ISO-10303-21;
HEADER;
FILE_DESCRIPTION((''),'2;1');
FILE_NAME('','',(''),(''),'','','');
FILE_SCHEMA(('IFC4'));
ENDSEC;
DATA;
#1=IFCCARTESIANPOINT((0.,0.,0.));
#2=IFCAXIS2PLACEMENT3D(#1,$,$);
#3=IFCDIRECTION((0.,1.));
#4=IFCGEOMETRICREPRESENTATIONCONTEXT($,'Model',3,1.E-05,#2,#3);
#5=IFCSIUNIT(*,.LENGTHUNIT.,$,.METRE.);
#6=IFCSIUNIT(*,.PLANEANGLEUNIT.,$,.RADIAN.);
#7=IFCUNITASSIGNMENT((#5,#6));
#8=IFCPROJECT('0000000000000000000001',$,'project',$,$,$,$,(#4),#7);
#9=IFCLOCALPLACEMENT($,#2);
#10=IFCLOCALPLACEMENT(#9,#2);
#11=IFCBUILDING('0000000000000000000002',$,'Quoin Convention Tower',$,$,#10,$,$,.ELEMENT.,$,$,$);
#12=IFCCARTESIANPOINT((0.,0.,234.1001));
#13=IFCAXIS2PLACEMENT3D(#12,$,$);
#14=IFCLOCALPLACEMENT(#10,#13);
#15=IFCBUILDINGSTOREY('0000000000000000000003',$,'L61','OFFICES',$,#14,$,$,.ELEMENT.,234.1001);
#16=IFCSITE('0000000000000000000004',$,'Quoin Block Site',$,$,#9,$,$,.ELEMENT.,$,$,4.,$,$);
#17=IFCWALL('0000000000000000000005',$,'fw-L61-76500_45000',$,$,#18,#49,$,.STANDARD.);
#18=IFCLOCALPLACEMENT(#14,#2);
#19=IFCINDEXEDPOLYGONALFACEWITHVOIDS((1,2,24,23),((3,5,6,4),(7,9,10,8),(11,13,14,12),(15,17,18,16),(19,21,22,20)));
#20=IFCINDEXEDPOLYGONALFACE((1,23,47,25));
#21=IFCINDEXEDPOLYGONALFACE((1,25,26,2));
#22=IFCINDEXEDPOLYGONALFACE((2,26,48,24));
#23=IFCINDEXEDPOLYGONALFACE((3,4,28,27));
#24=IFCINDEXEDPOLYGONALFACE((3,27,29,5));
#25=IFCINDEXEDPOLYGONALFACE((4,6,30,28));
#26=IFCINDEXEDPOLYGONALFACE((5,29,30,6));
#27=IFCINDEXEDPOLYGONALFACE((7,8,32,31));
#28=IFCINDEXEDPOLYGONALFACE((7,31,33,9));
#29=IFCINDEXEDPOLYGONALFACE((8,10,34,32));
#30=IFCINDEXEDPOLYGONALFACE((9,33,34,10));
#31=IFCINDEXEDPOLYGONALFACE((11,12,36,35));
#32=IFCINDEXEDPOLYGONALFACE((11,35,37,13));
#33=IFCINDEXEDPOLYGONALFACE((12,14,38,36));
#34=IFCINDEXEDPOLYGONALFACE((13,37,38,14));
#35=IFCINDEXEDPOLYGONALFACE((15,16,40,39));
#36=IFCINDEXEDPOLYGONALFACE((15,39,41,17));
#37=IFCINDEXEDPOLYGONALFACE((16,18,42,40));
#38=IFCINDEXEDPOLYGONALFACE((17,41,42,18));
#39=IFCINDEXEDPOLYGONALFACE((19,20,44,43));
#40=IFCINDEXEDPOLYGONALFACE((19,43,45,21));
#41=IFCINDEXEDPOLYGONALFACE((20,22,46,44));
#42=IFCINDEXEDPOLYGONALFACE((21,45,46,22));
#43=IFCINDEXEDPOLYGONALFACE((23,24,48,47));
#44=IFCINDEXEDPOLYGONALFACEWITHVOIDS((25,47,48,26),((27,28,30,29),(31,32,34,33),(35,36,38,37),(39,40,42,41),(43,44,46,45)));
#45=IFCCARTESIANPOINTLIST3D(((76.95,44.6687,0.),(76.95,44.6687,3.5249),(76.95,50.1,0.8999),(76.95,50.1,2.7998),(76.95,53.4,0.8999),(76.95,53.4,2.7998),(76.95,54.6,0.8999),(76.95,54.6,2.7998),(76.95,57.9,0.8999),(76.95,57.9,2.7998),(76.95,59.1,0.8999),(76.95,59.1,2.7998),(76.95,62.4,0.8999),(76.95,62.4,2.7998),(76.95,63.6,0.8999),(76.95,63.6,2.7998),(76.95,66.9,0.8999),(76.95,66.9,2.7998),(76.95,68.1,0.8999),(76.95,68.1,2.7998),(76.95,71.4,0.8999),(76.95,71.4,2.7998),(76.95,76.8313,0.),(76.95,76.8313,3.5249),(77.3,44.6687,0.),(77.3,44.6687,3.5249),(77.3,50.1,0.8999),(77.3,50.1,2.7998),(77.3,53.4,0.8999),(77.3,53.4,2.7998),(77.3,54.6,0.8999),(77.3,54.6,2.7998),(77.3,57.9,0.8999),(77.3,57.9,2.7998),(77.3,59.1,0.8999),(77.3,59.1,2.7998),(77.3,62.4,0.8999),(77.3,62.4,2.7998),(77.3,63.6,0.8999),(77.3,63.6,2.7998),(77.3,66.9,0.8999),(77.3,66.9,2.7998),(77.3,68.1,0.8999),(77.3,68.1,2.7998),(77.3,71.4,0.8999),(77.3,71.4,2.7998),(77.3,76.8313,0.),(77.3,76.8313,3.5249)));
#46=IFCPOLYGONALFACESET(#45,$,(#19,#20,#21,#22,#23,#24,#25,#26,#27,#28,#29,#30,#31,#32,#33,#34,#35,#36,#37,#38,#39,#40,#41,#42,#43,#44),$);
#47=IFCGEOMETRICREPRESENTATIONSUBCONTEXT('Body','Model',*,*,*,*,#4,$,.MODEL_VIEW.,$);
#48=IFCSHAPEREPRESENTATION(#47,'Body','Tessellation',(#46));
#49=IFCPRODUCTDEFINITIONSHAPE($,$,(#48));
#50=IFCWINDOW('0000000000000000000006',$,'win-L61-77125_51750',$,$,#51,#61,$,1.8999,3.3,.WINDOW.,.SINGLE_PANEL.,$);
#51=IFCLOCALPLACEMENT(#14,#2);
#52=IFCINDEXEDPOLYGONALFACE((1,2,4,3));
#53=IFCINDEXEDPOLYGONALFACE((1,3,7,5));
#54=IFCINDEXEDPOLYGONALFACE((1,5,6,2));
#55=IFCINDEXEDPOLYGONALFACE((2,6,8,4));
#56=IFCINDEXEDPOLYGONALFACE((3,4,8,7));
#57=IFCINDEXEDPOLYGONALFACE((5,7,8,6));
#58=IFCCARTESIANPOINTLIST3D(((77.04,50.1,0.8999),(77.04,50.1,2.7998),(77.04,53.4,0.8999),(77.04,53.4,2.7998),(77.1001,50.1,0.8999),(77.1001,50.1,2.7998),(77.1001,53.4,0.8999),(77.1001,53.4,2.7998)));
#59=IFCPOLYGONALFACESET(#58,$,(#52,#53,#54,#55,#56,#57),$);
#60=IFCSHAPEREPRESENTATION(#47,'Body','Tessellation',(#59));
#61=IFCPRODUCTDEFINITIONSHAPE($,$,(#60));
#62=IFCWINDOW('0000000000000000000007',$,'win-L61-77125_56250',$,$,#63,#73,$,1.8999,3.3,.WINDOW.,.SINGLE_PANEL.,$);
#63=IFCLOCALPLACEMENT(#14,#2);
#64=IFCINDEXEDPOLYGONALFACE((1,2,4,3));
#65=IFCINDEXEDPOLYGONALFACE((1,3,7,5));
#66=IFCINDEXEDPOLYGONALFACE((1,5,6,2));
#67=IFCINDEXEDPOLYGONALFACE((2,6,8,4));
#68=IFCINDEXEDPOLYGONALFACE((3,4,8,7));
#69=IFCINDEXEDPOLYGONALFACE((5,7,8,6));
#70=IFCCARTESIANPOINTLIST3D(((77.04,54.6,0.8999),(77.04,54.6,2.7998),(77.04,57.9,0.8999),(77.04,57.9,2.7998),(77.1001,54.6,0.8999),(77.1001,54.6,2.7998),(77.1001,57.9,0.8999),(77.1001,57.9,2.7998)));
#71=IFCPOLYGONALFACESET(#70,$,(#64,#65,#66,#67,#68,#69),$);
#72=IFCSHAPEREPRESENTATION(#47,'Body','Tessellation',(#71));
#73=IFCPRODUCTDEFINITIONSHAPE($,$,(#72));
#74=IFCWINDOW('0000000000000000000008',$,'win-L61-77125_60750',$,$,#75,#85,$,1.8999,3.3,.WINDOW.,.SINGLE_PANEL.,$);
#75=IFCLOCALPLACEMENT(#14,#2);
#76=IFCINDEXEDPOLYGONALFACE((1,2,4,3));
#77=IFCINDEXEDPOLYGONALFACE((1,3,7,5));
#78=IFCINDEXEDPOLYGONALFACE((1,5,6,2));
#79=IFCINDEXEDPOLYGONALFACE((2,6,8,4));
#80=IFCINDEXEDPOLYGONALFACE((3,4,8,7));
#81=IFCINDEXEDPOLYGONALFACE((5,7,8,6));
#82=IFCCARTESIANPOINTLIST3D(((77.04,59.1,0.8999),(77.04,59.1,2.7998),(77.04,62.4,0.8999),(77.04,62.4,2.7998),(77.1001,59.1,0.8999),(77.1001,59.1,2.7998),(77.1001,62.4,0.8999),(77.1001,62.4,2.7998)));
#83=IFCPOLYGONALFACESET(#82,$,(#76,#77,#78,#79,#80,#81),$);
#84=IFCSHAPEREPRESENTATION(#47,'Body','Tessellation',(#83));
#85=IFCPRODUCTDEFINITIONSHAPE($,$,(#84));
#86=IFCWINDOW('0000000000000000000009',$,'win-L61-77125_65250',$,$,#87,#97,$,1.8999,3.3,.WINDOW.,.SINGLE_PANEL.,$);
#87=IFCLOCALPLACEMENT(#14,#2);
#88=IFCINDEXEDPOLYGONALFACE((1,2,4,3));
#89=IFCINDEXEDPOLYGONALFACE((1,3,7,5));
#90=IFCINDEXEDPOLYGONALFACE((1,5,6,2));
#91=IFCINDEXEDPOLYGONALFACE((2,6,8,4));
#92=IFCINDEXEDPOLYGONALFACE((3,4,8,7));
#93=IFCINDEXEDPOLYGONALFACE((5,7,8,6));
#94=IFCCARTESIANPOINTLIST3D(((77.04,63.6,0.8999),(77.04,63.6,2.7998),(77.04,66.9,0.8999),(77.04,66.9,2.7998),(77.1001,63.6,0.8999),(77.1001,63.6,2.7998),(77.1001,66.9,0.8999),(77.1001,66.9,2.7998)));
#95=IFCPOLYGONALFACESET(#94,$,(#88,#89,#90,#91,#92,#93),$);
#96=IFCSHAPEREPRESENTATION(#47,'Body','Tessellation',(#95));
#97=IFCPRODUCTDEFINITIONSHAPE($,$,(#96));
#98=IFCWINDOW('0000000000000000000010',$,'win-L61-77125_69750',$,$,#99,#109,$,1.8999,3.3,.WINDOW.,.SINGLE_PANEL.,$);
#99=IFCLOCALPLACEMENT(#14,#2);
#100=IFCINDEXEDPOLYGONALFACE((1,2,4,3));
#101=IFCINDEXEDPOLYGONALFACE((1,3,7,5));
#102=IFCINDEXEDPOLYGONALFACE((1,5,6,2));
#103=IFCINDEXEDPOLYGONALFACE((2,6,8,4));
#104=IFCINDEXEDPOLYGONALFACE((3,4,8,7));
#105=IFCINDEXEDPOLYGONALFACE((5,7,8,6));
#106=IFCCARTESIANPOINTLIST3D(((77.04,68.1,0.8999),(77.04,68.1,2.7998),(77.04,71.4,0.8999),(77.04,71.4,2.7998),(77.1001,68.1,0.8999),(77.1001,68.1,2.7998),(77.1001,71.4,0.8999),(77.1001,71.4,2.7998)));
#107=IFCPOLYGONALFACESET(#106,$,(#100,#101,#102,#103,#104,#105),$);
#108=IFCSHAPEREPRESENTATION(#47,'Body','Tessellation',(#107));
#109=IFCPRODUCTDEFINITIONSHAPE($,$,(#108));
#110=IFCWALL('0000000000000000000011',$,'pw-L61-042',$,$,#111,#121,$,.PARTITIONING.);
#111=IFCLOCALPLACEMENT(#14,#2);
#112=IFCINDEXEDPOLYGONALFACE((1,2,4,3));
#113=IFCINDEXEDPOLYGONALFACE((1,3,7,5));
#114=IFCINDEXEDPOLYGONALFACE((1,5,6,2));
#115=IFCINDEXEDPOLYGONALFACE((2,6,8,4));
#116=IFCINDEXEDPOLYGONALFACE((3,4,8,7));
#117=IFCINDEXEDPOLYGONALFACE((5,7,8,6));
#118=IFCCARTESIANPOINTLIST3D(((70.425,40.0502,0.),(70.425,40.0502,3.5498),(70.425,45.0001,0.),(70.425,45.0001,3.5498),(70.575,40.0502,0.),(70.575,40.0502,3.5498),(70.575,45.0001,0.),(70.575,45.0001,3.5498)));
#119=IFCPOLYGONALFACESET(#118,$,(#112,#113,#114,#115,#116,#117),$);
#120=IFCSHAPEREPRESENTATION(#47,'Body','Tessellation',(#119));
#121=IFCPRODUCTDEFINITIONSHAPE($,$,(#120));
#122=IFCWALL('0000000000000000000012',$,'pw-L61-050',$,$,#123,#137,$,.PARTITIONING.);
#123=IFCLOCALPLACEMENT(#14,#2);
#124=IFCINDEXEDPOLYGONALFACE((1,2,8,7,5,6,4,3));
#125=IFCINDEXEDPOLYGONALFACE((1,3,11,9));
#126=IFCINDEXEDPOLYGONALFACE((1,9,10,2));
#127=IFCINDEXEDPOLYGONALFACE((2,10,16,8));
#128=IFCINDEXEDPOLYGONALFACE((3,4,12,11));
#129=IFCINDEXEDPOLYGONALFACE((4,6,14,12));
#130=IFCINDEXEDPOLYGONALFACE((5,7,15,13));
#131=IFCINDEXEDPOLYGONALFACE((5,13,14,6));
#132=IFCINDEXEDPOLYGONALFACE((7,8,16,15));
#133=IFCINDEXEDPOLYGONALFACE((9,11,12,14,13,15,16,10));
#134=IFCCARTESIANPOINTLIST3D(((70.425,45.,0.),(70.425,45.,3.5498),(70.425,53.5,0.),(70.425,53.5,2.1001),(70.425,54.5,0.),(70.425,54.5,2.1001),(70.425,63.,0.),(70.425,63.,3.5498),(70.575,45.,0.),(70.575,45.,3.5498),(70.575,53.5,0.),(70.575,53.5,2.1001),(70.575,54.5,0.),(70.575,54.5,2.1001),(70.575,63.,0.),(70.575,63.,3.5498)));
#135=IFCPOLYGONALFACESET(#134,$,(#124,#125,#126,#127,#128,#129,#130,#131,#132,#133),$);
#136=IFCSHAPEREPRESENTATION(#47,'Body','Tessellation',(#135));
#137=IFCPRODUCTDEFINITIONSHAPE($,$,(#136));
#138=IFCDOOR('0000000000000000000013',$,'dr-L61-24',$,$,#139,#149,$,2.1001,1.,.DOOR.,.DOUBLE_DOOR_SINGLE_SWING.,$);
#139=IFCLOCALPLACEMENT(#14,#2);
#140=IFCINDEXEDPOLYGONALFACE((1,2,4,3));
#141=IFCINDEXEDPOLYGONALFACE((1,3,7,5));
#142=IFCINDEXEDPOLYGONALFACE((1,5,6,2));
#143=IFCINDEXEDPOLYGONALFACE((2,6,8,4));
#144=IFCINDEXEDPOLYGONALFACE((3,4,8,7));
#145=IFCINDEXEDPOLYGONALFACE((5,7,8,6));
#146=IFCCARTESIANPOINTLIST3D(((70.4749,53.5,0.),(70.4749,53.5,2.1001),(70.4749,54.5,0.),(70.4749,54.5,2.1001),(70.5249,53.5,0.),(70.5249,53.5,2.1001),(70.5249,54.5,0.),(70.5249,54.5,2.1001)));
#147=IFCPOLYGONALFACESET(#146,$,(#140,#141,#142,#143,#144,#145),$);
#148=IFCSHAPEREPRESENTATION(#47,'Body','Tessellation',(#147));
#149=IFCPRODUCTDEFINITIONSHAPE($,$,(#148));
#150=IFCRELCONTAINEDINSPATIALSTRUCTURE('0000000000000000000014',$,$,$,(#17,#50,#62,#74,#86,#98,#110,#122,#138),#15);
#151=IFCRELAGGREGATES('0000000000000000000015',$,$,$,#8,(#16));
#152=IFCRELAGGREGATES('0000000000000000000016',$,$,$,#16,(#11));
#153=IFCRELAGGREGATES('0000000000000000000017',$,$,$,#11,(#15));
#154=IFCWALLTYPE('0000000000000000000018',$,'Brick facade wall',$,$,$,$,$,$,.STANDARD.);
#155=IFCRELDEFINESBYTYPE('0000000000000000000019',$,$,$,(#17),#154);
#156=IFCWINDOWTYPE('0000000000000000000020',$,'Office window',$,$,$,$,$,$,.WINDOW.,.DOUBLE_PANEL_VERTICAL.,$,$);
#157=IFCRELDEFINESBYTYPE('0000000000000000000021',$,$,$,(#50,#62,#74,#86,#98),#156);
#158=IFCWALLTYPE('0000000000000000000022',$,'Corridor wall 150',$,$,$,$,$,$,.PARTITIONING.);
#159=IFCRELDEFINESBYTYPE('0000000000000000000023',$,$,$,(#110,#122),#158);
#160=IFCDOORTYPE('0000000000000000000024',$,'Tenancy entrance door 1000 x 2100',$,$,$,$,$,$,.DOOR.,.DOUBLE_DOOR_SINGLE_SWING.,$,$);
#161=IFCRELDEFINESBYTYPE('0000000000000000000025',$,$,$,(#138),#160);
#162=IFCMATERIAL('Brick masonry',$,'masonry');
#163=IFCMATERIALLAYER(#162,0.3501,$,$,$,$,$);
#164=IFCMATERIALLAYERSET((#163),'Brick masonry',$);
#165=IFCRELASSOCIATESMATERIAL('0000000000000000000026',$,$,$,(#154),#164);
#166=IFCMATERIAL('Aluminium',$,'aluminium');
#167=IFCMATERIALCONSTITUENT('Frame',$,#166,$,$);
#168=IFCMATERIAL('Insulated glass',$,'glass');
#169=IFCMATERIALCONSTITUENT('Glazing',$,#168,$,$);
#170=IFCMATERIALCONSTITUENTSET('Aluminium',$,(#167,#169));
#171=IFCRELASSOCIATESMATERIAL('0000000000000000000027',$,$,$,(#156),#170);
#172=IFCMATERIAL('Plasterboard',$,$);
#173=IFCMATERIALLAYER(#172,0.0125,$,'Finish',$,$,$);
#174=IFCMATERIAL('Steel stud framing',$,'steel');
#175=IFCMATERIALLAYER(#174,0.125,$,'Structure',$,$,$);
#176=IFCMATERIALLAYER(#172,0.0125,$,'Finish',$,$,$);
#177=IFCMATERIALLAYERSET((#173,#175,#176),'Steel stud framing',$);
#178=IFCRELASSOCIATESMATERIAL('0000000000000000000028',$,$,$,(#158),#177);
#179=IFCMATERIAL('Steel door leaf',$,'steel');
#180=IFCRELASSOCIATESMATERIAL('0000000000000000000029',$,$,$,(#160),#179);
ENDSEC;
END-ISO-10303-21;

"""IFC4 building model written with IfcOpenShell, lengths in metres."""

from ifc_helpers import new_model, si_unit, direction, frame, frame_2d, origin, place, context, subcontext, project, spatial, rectangle, extrude, material, layer, layer_set, constituent, constituent_set, type_object, element, fill, save


model = new_model("IFC4")

# Units and contexts
model_context = context("Model", 3, precision=1e-05, world=origin(), true_north=direction((0.0, 1.0)))
body_context = subcontext(model_context, "Body", "Model", "MODEL_VIEW")
ifc_project = project(units=[si_unit("LENGTHUNIT", "METRE"), si_unit("PLANEANGLEUNIT", "RADIAN")], contexts=[model_context])

# Site, building, storey
site_placement = place(None, origin())
site = spatial("IfcSite", under=ifc_project, at=site_placement, Name="Quoin Block Site", CompositionType="ELEMENT", RefElevation=4.0)
building_placement = place(site_placement, origin())
building = spatial("IfcBuilding", under=site, at=building_placement, Name="Quoin Convention Tower", CompositionType="ELEMENT")
storey_placement = place(building_placement, frame((0.0, 0.0, 234.1001)))
storey = spatial("IfcBuildingStorey", under=building, at=storey_placement, Name="L61", Description="OFFICES", CompositionType="ELEMENT", Elevation=234.1001)

# Shared definitions
ifc_material_1 = material(Name="Brick masonry", Category="masonry")
ifc_layer_1 = layer(ifc_material_1, 0.3501)
ifc_layer_set_1 = layer_set([ifc_layer_1], Name="Brick masonry")
wall_type_1 = type_object("IfcWallType", Name="Brick facade wall", PredefinedType="STANDARD", material=ifc_layer_set_1)
ifc_material_2 = material(Name="Aluminium", Category="aluminium")
ifc_constituent_1 = constituent(ifc_material_2, Name="Frame")
ifc_material_3 = material(Name="Insulated glass", Category="glass")
ifc_constituent_2 = constituent(ifc_material_3, Name="Glazing")
ifc_constituent_set = constituent_set(constituents=[ifc_constituent_1, ifc_constituent_2], Name="Aluminium")
window_type = type_object("IfcWindowType", Name="Office window", PartitioningType="DOUBLE_PANEL_VERTICAL", PredefinedType="WINDOW", material=ifc_constituent_set)

# Wall, openings, windows
wall_1_placement = place(storey_placement, frame((77.125, 44.6687, 0.0), z_axis=(0.0, 0.0, 1.0), x_axis=(0.0, 1.0, 0.0)))
wall_1 = element("IfcWall", 1, at=wall_1_placement, inside=storey, type_object=wall_type_1, Name="fw-L61-76500_45000", PredefinedType="STANDARD", context=body_context, shape_type="SweptSolid", body=[
    extrude(rectangle(XDim=32.1626, YDim=0.3501, at=frame_2d((16.0813, 0.0))), origin(), (0.0, 0.0, 1.0), 3.5249),
])
opening_1_placement = place(wall_1_placement, frame((5.4314, 0.0, 0.8999)))
opening_1 = element("IfcOpeningElement", 2, at=opening_1_placement, cuts=wall_1, PredefinedType="OPENING", context=body_context, shape_type="SweptSolid", body=[
    extrude(rectangle(XDim=3.3, YDim=1.8999, at=frame_2d((1.6499, 0.95))), frame((0.0, 0.1851, 0.0), z_axis=(0.0, -1.0, 0.0), x_axis=(1.0, 0.0, 0.0)), (0.0, 0.0, 1.0), 0.3701),
])
opening_2_placement = place(wall_1_placement, frame((9.9314, 0.0, 0.8999)))
opening_2 = element("IfcOpeningElement", 3, at=opening_2_placement, cuts=wall_1, PredefinedType="OPENING", context=body_context, shape_type="SweptSolid", body=[
    extrude(rectangle(XDim=3.3, YDim=1.8999, at=frame_2d((1.6499, 0.95))), frame((0.0, 0.1851, 0.0), z_axis=(0.0, -1.0, 0.0), x_axis=(1.0, 0.0, 0.0)), (0.0, 0.0, 1.0), 0.3701),
])
opening_3_placement = place(wall_1_placement, frame((14.4314, 0.0, 0.8999)))
opening_3 = element("IfcOpeningElement", 4, at=opening_3_placement, cuts=wall_1, PredefinedType="OPENING", context=body_context, shape_type="SweptSolid", body=[
    extrude(rectangle(XDim=3.3, YDim=1.8999, at=frame_2d((1.6499, 0.95))), frame((0.0, 0.1851, 0.0), z_axis=(0.0, -1.0, 0.0), x_axis=(1.0, 0.0, 0.0)), (0.0, 0.0, 1.0), 0.3701),
])
opening_4_placement = place(wall_1_placement, frame((18.9314, 0.0, 0.8999)))
opening_4 = element("IfcOpeningElement", 5, at=opening_4_placement, cuts=wall_1, PredefinedType="OPENING", context=body_context, shape_type="SweptSolid", body=[
    extrude(rectangle(XDim=3.3, YDim=1.8999, at=frame_2d((1.6499, 0.95))), frame((0.0, 0.1851, 0.0), z_axis=(0.0, -1.0, 0.0), x_axis=(1.0, 0.0, 0.0)), (0.0, 0.0, 1.0), 0.3701),
])
opening_5_placement = place(wall_1_placement, frame((23.4314, 0.0, 0.8999)))
opening_5 = element("IfcOpeningElement", 6, at=opening_5_placement, cuts=wall_1, PredefinedType="OPENING", context=body_context, shape_type="SweptSolid", body=[
    extrude(rectangle(XDim=3.3, YDim=1.8999, at=frame_2d((1.6499, 0.95))), frame((0.0, 0.1851, 0.0), z_axis=(0.0, -1.0, 0.0), x_axis=(1.0, 0.0, 0.0)), (0.0, 0.0, 1.0), 0.3701),
])
window_1_placement = place(opening_1_placement, origin())
window_1 = element("IfcWindow", 7, at=window_1_placement, inside=storey, type_object=window_type, Name="win-L61-77125_51750", OverallHeight=1.8999, OverallWidth=3.3, PartitioningType="SINGLE_PANEL", PredefinedType="WINDOW", context=body_context, shape_type="SweptSolid", body=[
    extrude(rectangle(XDim=3.3, YDim=1.8999, at=frame_2d((1.6499, 0.95))), frame((0.0, 0.085, 0.0), z_axis=(0.0, -1.0, 0.0), x_axis=(1.0, 0.0, 0.0)), (0.0, 0.0, 1.0), 0.0601),
])
fill(opening_1, window_1)
window_2_placement = place(opening_2_placement, origin())
window_2 = element("IfcWindow", 8, at=window_2_placement, inside=storey, type_object=window_type, Name="win-L61-77125_56250", OverallHeight=1.8999, OverallWidth=3.3, PartitioningType="SINGLE_PANEL", PredefinedType="WINDOW", context=body_context, shape_type="SweptSolid", body=[
    extrude(rectangle(XDim=3.3, YDim=1.8999, at=frame_2d((1.6499, 0.95))), frame((0.0, 0.085, 0.0), z_axis=(0.0, -1.0, 0.0), x_axis=(1.0, 0.0, 0.0)), (0.0, 0.0, 1.0), 0.0601),
])
fill(opening_2, window_2)
window_3_placement = place(opening_3_placement, origin())
window_3 = element("IfcWindow", 9, at=window_3_placement, inside=storey, type_object=window_type, Name="win-L61-77125_60750", OverallHeight=1.8999, OverallWidth=3.3, PartitioningType="SINGLE_PANEL", PredefinedType="WINDOW", context=body_context, shape_type="SweptSolid", body=[
    extrude(rectangle(XDim=3.3, YDim=1.8999, at=frame_2d((1.6499, 0.95))), frame((0.0, 0.085, 0.0), z_axis=(0.0, -1.0, 0.0), x_axis=(1.0, 0.0, 0.0)), (0.0, 0.0, 1.0), 0.0601),
])
fill(opening_3, window_3)
window_4_placement = place(opening_4_placement, origin())
window_4 = element("IfcWindow", 10, at=window_4_placement, inside=storey, type_object=window_type, Name="win-L61-77125_65250", OverallHeight=1.8999, OverallWidth=3.3, PartitioningType="SINGLE_PANEL", PredefinedType="WINDOW", context=body_context, shape_type="SweptSolid", body=[
    extrude(rectangle(XDim=3.3, YDim=1.8999, at=frame_2d((1.6499, 0.95))), frame((0.0, 0.085, 0.0), z_axis=(0.0, -1.0, 0.0), x_axis=(1.0, 0.0, 0.0)), (0.0, 0.0, 1.0), 0.0601),
])
fill(opening_4, window_4)
window_5_placement = place(opening_5_placement, origin())
window_5 = element("IfcWindow", 11, at=window_5_placement, inside=storey, type_object=window_type, Name="win-L61-77125_69750", OverallHeight=1.8999, OverallWidth=3.3, PartitioningType="SINGLE_PANEL", PredefinedType="WINDOW", context=body_context, shape_type="SweptSolid", body=[
    extrude(rectangle(XDim=3.3, YDim=1.8999, at=frame_2d((1.6499, 0.95))), frame((0.0, 0.085, 0.0), z_axis=(0.0, -1.0, 0.0), x_axis=(1.0, 0.0, 0.0)), (0.0, 0.0, 1.0), 0.0601),
])
fill(opening_5, window_5)

# Wall
ifc_material_4 = material(Name="Plasterboard")
ifc_layer_2 = layer(ifc_material_4, 0.0125, Name="Finish")
ifc_material_5 = material(Name="Steel stud framing", Category="steel")
ifc_layer_3 = layer(ifc_material_5, 0.125, Name="Structure")
ifc_layer_4 = layer(ifc_material_4, 0.0125, Name="Finish")
ifc_layer_set_2 = layer_set([ifc_layer_2, ifc_layer_3, ifc_layer_4], Name="Steel stud framing")
wall_type_2 = type_object("IfcWallType", Name="Corridor wall 150", PredefinedType="PARTITIONING", material=ifc_layer_set_2)
wall_2_placement = place(storey_placement, frame((70.5, 40.05, 0.0), z_axis=(0.0, 0.0, 1.0), x_axis=(0.0, 1.0, 0.0)))
element("IfcWall", 12, at=wall_2_placement, inside=storey, type_object=wall_type_2, Name="pw-L61-042", PredefinedType="PARTITIONING", context=body_context, shape_type="SweptSolid", body=[
    extrude(rectangle(XDim=4.95, YDim=0.1499, at=frame_2d((2.4751, 0.0))), origin(), (0.0, 0.0, 1.0), 3.5498),
])

# Wall, opening, door
wall_3_placement = place(storey_placement, frame((70.5, 45.0, 0.0), z_axis=(0.0, 0.0, 1.0), x_axis=(0.0, 1.0, 0.0)))
wall_3 = element("IfcWall", 13, at=wall_3_placement, inside=storey, type_object=wall_type_2, Name="pw-L61-050", PredefinedType="PARTITIONING", context=body_context, shape_type="SweptSolid", body=[
    extrude(rectangle(XDim=18.0, YDim=0.1499, at=frame_2d((9.0, 0.0))), origin(), (0.0, 0.0, 1.0), 3.5498),
])
opening_6_placement = place(wall_3_placement, frame((8.5, 0.0, 0.0)))
opening_6 = element("IfcOpeningElement", 14, at=opening_6_placement, cuts=wall_3, PredefinedType="OPENING", context=body_context, shape_type="SweptSolid", body=[
    extrude(rectangle(XDim=1.0, YDim=2.1001, at=frame_2d((0.5, 1.05))), frame((0.0, 0.085, 0.0), z_axis=(0.0, -1.0, 0.0), x_axis=(1.0, 0.0, 0.0)), (0.0, 0.0, 1.0), 0.1699),
])
ifc_material_6 = material(Name="Steel door leaf", Category="steel")
door_type_1 = type_object("IfcDoorType", Name="Tenancy entrance door 1000 x 2100", OperationType="DOUBLE_DOOR_SINGLE_SWING", PredefinedType="DOOR", material=ifc_material_6)
door_1_placement = place(opening_6_placement, frame((1.0, 0.0, 0.0), z_axis=(0.0, 0.0, 1.0), x_axis=(-1.0, 0.0, 0.0)))
door_1 = element("IfcDoor", 15, at=door_1_placement, inside=storey, type_object=door_type_1, Name="dr-L61-24", OperationType="DOUBLE_DOOR_SINGLE_SWING", OverallHeight=2.1001, OverallWidth=1.0, PredefinedType="DOOR", context=body_context, shape_type="SweptSolid", body=[
    extrude(rectangle(XDim=1.0, YDim=2.1001, at=frame_2d((0.5, 1.05))), frame((0.0, 0.0249, 0.0), z_axis=(0.0, -1.0, 0.0), x_axis=(1.0, 0.0, 0.0)), (0.0, 0.0, 1.0), 0.05),
])
fill(opening_6, door_1)

save(model, "model.ifc")
